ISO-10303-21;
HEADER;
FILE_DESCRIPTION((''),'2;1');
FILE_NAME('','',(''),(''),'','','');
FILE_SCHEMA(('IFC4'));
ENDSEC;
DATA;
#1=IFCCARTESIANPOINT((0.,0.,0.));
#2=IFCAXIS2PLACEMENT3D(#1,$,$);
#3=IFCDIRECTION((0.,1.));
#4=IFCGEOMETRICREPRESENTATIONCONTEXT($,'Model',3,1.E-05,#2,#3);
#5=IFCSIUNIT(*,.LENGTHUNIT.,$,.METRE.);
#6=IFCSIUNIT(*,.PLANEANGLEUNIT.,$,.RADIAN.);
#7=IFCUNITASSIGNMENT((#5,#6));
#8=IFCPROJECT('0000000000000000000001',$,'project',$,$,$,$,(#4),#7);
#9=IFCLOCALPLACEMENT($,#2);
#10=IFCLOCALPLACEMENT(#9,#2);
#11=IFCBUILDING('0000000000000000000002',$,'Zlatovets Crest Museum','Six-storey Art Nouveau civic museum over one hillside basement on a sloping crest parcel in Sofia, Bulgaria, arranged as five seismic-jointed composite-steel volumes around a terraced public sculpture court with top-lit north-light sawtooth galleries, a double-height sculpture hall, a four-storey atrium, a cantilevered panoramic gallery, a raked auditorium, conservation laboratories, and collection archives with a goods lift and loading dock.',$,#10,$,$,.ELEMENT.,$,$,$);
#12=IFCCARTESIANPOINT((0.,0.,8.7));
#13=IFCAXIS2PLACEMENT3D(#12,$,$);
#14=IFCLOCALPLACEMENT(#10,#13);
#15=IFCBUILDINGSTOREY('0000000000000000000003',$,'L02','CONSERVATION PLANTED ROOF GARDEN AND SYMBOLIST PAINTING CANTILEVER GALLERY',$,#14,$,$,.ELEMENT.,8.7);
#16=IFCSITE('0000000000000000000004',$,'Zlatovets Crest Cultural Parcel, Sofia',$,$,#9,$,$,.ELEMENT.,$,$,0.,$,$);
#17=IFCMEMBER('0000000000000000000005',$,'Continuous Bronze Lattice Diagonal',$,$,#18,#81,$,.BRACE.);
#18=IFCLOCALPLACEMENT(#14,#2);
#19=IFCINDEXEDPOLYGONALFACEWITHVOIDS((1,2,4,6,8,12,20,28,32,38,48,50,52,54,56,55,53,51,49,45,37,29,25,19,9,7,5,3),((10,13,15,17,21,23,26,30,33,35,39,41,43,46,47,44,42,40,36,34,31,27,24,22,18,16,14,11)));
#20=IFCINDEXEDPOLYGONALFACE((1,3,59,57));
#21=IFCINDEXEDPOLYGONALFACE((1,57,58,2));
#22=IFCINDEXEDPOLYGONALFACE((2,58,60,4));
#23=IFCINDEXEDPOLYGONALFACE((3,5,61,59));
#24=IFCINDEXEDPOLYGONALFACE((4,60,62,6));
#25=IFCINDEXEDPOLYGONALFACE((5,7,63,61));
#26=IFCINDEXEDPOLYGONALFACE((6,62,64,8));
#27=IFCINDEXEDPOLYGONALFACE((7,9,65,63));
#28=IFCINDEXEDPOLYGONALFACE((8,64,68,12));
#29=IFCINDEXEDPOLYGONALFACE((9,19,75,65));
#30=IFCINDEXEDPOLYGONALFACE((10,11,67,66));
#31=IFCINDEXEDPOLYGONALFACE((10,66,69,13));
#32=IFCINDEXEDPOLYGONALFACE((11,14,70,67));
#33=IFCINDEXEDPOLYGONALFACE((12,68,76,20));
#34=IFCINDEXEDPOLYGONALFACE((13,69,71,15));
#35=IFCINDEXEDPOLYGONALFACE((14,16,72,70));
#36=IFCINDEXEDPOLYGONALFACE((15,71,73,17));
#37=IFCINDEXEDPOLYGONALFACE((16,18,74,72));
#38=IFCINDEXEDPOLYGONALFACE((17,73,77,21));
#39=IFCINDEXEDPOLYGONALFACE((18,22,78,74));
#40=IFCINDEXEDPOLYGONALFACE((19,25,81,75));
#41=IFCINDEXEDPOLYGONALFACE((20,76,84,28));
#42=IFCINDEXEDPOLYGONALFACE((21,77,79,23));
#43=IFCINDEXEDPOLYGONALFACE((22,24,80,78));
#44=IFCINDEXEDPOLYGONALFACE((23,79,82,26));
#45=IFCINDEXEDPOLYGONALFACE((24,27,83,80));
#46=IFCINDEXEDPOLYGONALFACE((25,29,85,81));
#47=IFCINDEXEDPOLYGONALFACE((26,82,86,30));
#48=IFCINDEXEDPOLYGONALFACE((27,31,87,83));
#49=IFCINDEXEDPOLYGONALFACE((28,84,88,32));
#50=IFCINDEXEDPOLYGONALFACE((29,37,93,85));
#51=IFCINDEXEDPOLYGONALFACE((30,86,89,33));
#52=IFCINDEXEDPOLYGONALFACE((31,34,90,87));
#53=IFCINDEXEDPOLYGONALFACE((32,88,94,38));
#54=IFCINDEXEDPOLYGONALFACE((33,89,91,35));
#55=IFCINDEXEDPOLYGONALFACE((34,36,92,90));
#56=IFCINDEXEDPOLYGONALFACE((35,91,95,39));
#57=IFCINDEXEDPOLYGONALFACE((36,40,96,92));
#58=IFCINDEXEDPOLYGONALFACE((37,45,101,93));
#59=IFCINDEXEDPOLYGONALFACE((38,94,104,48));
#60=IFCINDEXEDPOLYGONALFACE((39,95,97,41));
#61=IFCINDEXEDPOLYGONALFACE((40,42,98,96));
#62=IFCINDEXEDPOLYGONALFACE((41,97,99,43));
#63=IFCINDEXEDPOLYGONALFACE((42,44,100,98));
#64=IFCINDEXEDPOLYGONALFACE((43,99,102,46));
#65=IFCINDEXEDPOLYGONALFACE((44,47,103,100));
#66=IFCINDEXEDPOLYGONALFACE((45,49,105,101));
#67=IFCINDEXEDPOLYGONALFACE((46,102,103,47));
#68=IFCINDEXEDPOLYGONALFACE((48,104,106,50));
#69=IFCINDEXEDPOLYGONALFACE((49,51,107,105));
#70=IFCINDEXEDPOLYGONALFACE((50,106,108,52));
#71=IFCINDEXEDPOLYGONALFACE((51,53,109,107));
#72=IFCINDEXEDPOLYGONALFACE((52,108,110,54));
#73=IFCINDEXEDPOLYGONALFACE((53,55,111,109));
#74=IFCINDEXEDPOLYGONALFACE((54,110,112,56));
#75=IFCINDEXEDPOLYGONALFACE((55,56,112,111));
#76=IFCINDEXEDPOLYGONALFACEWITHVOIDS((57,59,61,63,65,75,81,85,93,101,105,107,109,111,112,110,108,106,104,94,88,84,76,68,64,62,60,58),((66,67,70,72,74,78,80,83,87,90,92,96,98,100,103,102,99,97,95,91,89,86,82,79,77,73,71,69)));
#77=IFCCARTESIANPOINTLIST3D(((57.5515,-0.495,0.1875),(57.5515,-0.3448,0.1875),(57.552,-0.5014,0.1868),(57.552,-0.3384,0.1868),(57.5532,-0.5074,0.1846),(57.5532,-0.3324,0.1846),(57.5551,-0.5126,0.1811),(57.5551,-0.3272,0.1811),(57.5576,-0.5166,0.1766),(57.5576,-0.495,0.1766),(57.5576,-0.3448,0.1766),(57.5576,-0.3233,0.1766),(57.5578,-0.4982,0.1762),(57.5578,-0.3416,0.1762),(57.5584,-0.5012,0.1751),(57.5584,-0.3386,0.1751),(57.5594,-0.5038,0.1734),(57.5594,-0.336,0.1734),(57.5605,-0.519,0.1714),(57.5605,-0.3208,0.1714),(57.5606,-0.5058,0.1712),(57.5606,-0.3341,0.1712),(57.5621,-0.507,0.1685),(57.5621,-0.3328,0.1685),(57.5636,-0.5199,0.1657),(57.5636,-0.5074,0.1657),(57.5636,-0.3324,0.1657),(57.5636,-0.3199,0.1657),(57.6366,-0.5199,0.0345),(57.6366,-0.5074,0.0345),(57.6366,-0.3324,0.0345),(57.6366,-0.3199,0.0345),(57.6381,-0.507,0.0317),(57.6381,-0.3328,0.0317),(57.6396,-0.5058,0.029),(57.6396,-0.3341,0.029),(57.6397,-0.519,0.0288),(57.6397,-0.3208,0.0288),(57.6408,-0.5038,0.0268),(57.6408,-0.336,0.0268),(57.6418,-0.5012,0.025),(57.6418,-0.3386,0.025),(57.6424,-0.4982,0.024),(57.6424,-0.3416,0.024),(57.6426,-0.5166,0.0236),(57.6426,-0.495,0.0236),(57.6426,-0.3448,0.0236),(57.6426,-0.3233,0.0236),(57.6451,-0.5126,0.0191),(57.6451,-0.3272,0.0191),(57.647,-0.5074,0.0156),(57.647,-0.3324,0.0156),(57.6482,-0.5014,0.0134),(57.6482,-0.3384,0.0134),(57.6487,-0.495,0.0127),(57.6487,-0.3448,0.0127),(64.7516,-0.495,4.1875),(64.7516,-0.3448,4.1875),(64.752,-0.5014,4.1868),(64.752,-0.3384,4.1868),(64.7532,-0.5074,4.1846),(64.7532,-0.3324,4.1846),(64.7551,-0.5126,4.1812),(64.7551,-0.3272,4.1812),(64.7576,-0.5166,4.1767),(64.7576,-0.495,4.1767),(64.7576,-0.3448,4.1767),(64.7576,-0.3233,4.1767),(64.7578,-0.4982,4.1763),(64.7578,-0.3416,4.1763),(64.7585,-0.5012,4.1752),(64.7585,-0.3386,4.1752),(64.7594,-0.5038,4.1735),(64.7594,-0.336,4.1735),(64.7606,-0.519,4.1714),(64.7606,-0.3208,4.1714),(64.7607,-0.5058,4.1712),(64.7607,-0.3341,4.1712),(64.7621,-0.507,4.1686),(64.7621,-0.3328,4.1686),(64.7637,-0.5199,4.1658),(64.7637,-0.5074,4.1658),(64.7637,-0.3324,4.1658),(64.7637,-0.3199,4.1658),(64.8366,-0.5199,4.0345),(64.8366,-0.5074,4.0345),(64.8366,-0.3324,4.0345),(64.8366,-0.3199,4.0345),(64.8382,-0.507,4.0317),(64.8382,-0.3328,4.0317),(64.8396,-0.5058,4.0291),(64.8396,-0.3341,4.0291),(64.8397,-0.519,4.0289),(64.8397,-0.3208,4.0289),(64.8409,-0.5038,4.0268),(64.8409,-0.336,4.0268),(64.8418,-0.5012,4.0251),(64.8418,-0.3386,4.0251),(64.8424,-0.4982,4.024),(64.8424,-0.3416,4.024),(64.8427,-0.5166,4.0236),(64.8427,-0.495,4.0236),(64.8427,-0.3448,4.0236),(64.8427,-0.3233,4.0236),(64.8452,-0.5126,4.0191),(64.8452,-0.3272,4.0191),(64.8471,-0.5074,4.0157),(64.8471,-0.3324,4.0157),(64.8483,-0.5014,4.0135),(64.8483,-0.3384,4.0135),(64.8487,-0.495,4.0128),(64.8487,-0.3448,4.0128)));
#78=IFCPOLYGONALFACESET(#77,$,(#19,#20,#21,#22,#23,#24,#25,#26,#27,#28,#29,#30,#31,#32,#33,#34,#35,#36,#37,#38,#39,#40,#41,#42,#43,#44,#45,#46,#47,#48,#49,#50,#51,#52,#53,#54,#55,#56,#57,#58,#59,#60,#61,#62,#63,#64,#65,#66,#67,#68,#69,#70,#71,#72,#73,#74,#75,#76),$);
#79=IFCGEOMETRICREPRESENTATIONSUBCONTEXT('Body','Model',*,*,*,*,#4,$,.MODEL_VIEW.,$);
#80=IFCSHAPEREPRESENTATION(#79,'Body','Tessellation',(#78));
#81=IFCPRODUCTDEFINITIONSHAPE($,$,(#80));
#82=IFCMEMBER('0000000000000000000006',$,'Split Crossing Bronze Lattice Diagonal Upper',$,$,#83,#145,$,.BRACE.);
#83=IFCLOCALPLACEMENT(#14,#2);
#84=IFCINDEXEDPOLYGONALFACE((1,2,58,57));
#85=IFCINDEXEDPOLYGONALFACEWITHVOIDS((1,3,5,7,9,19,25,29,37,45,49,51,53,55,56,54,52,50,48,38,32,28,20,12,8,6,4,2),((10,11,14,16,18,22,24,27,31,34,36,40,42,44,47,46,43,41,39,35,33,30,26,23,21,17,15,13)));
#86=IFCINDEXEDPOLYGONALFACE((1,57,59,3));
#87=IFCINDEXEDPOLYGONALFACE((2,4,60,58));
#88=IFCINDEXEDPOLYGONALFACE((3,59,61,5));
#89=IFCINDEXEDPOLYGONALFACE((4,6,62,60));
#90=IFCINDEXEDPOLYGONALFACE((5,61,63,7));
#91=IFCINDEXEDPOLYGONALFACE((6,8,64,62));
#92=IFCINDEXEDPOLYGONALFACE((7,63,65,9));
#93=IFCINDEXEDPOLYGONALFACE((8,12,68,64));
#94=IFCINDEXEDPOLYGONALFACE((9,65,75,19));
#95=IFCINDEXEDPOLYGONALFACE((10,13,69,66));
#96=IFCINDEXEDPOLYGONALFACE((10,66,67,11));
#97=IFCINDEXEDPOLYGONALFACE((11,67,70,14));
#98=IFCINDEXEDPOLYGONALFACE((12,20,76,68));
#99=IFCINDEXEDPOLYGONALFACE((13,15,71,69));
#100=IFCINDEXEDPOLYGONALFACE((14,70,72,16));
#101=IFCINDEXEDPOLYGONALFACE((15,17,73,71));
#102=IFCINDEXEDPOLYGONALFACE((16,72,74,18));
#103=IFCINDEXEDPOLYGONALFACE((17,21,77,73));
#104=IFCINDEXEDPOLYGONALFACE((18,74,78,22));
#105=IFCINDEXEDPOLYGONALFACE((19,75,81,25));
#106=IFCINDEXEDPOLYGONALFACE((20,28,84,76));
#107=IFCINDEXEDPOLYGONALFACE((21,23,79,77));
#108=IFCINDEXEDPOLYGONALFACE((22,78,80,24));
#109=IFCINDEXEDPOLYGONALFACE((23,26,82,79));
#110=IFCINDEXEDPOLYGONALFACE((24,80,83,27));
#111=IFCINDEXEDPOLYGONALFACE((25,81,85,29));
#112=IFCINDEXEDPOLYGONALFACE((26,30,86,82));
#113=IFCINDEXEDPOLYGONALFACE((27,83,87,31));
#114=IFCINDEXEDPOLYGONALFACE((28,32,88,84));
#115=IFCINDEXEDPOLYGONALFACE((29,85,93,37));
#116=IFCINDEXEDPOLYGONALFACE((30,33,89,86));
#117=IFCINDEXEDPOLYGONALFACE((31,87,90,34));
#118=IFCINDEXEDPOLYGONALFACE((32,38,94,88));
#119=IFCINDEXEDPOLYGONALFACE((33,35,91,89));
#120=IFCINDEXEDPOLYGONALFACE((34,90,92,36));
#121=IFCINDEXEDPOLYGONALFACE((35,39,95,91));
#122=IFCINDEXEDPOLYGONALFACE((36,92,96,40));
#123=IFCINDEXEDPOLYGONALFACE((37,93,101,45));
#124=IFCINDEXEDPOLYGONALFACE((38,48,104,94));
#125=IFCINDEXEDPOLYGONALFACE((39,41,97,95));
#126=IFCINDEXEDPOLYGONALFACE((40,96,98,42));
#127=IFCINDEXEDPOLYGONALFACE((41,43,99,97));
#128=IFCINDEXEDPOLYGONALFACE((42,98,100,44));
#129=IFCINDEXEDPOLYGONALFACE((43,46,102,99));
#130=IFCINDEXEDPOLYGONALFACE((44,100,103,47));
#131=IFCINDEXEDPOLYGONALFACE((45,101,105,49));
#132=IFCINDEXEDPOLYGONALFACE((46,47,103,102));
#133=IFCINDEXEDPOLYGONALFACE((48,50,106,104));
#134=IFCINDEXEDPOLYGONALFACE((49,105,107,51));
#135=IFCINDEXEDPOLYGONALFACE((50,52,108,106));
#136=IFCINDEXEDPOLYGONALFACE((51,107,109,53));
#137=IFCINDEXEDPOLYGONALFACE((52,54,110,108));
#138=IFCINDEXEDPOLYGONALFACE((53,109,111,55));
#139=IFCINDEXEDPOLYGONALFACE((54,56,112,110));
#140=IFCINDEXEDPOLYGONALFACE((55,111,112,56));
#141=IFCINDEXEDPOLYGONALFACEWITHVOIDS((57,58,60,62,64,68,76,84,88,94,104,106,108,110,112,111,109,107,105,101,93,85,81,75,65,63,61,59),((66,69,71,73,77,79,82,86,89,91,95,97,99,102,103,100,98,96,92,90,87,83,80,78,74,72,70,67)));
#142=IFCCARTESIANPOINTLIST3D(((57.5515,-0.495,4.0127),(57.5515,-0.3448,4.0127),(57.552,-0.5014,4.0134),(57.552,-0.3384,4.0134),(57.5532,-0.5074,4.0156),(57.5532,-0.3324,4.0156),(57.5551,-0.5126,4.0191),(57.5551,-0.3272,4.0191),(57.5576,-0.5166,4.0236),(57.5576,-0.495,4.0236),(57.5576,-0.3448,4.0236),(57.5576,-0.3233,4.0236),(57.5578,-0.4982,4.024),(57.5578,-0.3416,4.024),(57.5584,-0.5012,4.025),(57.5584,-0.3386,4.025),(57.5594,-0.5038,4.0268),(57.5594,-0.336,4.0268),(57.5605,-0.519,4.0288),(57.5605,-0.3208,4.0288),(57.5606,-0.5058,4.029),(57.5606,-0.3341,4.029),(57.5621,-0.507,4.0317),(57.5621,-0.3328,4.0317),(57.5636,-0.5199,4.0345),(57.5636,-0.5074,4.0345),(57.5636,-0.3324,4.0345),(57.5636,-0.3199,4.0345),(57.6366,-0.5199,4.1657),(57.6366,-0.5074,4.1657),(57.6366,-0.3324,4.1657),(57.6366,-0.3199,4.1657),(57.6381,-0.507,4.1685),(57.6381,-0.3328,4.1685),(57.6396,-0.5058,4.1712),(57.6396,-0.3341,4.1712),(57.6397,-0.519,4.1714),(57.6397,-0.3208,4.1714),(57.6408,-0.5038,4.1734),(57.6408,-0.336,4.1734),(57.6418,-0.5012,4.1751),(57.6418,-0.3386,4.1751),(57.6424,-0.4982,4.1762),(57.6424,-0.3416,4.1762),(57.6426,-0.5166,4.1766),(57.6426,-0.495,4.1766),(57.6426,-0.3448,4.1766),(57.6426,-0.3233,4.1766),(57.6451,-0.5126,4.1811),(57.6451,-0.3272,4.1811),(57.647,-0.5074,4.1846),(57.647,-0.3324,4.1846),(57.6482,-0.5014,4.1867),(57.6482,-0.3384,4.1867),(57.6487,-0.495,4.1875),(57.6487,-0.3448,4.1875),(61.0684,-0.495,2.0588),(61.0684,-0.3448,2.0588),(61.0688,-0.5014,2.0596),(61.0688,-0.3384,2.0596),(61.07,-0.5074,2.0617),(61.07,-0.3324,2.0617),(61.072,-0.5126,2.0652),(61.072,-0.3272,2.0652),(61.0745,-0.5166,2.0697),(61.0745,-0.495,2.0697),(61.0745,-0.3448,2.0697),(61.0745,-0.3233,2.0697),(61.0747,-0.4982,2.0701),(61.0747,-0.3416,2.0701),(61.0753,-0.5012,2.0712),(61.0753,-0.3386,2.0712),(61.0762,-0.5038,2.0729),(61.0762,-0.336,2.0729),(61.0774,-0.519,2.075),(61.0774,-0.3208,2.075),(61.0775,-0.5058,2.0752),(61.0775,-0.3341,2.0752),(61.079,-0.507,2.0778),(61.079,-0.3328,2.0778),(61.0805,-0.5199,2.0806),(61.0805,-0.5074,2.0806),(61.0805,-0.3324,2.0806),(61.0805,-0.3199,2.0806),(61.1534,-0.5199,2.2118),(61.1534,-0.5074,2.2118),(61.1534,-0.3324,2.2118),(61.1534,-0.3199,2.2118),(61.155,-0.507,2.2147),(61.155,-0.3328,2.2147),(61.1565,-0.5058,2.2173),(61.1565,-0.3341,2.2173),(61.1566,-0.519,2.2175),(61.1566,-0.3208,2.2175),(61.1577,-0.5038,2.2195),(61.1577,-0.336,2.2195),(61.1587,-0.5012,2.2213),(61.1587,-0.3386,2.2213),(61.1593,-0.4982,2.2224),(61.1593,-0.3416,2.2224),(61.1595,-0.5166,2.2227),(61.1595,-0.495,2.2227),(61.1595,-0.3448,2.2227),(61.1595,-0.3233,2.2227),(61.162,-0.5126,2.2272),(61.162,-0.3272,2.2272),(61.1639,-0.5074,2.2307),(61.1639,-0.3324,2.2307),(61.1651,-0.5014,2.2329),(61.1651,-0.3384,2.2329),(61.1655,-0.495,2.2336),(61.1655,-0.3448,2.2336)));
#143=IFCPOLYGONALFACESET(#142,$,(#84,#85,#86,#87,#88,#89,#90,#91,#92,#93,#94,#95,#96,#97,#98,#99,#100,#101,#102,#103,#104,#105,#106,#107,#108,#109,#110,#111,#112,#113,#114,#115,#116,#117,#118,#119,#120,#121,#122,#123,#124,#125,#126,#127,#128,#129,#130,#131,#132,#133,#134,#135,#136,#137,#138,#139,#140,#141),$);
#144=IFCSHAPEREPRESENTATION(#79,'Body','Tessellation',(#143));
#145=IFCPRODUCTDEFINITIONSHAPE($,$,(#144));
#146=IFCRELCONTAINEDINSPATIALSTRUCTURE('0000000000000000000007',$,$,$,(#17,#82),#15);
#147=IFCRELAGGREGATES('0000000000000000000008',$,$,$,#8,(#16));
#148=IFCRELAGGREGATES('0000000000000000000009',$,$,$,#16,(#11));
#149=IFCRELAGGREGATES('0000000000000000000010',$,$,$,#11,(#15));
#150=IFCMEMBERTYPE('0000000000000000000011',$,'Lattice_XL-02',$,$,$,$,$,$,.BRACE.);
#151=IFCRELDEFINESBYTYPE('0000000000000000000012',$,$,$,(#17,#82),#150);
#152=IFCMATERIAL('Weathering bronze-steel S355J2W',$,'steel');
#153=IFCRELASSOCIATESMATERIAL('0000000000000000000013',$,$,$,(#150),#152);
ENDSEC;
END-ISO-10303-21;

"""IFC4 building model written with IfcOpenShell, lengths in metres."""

from ifc_helpers import new_model, si_unit, direction, frame, origin, origin_2d, place, context, subcontext, project, spatial, hollow_rectangle, extrude, material, material_profile, profile_set, type_object, element, save


model = new_model("IFC4")

# Units and contexts
model_context = context("Model", 3, precision=1e-05, world=origin(), true_north=direction((0.0, 1.0)))
body_context = subcontext(model_context, "Body", "Model", "MODEL_VIEW")
ifc_project = project(units=[si_unit("LENGTHUNIT", "METRE"), si_unit("PLANEANGLEUNIT", "RADIAN")], contexts=[model_context])

# Site, building, storey
site_placement = place(None, origin())
site = spatial("IfcSite", under=ifc_project, at=site_placement, Name="Zlatovets Crest Cultural Parcel, Sofia", CompositionType="ELEMENT", RefElevation=0.0)
building_placement = place(site_placement, origin())
building = spatial("IfcBuilding", under=site, at=building_placement, Name="Zlatovets Crest Museum", Description="Six-storey Art Nouveau civic museum over one hillside basement on a sloping crest parcel in Sofia, Bulgaria, arranged as five seismic-jointed composite-steel volumes around a terraced public sculpture court with top-lit north-light sawtooth galleries, a double-height sculpture hall, a four-storey atrium, a cantilevered panoramic gallery, a raked auditorium, conservation laboratories, and collection archives with a goods lift and loading dock.", CompositionType="ELEMENT")
storey_placement = place(building_placement, frame((0.0, 0.0, 8.7)))
storey = spatial("IfcBuildingStorey", under=building, at=storey_placement, Name="L02", Description="CONSERVATION PLANTED ROOF GARDEN AND SYMBOLIST PAINTING CANTILEVER GALLERY", CompositionType="ELEMENT", Elevation=8.7)

# Members
ifc_material_1 = material(Name="Weathering bronze-steel S355J2W", Category="steel")
ifc_material_profile_1 = material_profile(ifc_material_1, hollow_rectangle(XDim=0.2, YDim=0.2, WallThickness=0.0125, InnerFilletRadius=0.0125, OuterFilletRadius=0.0249, at=origin_2d()), Name="SHS 200x200x12.5")
ifc_profile_set_1 = profile_set([ifc_material_profile_1], Name="Weathering bronze-steel S355J2W")
member_type_1 = type_object("IfcMemberType", Name="Lattice_XL-02", PredefinedType="BRACE", material=ifc_profile_set_1)
member_1_placement = place(storey_placement, frame((57.6001, -0.4199, 0.1001), z_axis=(0.874156, 0.0, 0.485645), x_axis=(0.0, 1.0, 0.0)))
element("IfcMember", 1, at=member_1_placement, inside=storey, type_object=member_type_1, Name="Continuous Bronze Lattice Diagonal", PredefinedType="BRACE", context=body_context, shape_type="SweptSolid", body=[
    extrude(hollow_rectangle(XDim=0.2, YDim=0.2, WallThickness=0.0125, InnerFilletRadius=0.0125, OuterFilletRadius=0.0249, at=origin_2d()), origin(), (0.0, 0.0, 1.0), 8.2366),
])
member_2_placement = place(storey_placement, frame((57.6001, -0.4199, 4.1001), z_axis=(0.874152, 0.0, -0.485653), x_axis=(0.0, 1.0, 0.0)))
element("IfcMember", 2, at=member_2_placement, inside=storey, type_object=member_type_1, Name="Split Crossing Bronze Lattice Diagonal Upper", PredefinedType="BRACE", context=body_context, shape_type="SweptSolid", body=[
    extrude(hollow_rectangle(XDim=0.2, YDim=0.2, WallThickness=0.0125, InnerFilletRadius=0.0125, OuterFilletRadius=0.0249, at=origin_2d()), origin(), (0.0, 0.0, 1.0), 4.0232),
])

save(model, "model.ifc")
